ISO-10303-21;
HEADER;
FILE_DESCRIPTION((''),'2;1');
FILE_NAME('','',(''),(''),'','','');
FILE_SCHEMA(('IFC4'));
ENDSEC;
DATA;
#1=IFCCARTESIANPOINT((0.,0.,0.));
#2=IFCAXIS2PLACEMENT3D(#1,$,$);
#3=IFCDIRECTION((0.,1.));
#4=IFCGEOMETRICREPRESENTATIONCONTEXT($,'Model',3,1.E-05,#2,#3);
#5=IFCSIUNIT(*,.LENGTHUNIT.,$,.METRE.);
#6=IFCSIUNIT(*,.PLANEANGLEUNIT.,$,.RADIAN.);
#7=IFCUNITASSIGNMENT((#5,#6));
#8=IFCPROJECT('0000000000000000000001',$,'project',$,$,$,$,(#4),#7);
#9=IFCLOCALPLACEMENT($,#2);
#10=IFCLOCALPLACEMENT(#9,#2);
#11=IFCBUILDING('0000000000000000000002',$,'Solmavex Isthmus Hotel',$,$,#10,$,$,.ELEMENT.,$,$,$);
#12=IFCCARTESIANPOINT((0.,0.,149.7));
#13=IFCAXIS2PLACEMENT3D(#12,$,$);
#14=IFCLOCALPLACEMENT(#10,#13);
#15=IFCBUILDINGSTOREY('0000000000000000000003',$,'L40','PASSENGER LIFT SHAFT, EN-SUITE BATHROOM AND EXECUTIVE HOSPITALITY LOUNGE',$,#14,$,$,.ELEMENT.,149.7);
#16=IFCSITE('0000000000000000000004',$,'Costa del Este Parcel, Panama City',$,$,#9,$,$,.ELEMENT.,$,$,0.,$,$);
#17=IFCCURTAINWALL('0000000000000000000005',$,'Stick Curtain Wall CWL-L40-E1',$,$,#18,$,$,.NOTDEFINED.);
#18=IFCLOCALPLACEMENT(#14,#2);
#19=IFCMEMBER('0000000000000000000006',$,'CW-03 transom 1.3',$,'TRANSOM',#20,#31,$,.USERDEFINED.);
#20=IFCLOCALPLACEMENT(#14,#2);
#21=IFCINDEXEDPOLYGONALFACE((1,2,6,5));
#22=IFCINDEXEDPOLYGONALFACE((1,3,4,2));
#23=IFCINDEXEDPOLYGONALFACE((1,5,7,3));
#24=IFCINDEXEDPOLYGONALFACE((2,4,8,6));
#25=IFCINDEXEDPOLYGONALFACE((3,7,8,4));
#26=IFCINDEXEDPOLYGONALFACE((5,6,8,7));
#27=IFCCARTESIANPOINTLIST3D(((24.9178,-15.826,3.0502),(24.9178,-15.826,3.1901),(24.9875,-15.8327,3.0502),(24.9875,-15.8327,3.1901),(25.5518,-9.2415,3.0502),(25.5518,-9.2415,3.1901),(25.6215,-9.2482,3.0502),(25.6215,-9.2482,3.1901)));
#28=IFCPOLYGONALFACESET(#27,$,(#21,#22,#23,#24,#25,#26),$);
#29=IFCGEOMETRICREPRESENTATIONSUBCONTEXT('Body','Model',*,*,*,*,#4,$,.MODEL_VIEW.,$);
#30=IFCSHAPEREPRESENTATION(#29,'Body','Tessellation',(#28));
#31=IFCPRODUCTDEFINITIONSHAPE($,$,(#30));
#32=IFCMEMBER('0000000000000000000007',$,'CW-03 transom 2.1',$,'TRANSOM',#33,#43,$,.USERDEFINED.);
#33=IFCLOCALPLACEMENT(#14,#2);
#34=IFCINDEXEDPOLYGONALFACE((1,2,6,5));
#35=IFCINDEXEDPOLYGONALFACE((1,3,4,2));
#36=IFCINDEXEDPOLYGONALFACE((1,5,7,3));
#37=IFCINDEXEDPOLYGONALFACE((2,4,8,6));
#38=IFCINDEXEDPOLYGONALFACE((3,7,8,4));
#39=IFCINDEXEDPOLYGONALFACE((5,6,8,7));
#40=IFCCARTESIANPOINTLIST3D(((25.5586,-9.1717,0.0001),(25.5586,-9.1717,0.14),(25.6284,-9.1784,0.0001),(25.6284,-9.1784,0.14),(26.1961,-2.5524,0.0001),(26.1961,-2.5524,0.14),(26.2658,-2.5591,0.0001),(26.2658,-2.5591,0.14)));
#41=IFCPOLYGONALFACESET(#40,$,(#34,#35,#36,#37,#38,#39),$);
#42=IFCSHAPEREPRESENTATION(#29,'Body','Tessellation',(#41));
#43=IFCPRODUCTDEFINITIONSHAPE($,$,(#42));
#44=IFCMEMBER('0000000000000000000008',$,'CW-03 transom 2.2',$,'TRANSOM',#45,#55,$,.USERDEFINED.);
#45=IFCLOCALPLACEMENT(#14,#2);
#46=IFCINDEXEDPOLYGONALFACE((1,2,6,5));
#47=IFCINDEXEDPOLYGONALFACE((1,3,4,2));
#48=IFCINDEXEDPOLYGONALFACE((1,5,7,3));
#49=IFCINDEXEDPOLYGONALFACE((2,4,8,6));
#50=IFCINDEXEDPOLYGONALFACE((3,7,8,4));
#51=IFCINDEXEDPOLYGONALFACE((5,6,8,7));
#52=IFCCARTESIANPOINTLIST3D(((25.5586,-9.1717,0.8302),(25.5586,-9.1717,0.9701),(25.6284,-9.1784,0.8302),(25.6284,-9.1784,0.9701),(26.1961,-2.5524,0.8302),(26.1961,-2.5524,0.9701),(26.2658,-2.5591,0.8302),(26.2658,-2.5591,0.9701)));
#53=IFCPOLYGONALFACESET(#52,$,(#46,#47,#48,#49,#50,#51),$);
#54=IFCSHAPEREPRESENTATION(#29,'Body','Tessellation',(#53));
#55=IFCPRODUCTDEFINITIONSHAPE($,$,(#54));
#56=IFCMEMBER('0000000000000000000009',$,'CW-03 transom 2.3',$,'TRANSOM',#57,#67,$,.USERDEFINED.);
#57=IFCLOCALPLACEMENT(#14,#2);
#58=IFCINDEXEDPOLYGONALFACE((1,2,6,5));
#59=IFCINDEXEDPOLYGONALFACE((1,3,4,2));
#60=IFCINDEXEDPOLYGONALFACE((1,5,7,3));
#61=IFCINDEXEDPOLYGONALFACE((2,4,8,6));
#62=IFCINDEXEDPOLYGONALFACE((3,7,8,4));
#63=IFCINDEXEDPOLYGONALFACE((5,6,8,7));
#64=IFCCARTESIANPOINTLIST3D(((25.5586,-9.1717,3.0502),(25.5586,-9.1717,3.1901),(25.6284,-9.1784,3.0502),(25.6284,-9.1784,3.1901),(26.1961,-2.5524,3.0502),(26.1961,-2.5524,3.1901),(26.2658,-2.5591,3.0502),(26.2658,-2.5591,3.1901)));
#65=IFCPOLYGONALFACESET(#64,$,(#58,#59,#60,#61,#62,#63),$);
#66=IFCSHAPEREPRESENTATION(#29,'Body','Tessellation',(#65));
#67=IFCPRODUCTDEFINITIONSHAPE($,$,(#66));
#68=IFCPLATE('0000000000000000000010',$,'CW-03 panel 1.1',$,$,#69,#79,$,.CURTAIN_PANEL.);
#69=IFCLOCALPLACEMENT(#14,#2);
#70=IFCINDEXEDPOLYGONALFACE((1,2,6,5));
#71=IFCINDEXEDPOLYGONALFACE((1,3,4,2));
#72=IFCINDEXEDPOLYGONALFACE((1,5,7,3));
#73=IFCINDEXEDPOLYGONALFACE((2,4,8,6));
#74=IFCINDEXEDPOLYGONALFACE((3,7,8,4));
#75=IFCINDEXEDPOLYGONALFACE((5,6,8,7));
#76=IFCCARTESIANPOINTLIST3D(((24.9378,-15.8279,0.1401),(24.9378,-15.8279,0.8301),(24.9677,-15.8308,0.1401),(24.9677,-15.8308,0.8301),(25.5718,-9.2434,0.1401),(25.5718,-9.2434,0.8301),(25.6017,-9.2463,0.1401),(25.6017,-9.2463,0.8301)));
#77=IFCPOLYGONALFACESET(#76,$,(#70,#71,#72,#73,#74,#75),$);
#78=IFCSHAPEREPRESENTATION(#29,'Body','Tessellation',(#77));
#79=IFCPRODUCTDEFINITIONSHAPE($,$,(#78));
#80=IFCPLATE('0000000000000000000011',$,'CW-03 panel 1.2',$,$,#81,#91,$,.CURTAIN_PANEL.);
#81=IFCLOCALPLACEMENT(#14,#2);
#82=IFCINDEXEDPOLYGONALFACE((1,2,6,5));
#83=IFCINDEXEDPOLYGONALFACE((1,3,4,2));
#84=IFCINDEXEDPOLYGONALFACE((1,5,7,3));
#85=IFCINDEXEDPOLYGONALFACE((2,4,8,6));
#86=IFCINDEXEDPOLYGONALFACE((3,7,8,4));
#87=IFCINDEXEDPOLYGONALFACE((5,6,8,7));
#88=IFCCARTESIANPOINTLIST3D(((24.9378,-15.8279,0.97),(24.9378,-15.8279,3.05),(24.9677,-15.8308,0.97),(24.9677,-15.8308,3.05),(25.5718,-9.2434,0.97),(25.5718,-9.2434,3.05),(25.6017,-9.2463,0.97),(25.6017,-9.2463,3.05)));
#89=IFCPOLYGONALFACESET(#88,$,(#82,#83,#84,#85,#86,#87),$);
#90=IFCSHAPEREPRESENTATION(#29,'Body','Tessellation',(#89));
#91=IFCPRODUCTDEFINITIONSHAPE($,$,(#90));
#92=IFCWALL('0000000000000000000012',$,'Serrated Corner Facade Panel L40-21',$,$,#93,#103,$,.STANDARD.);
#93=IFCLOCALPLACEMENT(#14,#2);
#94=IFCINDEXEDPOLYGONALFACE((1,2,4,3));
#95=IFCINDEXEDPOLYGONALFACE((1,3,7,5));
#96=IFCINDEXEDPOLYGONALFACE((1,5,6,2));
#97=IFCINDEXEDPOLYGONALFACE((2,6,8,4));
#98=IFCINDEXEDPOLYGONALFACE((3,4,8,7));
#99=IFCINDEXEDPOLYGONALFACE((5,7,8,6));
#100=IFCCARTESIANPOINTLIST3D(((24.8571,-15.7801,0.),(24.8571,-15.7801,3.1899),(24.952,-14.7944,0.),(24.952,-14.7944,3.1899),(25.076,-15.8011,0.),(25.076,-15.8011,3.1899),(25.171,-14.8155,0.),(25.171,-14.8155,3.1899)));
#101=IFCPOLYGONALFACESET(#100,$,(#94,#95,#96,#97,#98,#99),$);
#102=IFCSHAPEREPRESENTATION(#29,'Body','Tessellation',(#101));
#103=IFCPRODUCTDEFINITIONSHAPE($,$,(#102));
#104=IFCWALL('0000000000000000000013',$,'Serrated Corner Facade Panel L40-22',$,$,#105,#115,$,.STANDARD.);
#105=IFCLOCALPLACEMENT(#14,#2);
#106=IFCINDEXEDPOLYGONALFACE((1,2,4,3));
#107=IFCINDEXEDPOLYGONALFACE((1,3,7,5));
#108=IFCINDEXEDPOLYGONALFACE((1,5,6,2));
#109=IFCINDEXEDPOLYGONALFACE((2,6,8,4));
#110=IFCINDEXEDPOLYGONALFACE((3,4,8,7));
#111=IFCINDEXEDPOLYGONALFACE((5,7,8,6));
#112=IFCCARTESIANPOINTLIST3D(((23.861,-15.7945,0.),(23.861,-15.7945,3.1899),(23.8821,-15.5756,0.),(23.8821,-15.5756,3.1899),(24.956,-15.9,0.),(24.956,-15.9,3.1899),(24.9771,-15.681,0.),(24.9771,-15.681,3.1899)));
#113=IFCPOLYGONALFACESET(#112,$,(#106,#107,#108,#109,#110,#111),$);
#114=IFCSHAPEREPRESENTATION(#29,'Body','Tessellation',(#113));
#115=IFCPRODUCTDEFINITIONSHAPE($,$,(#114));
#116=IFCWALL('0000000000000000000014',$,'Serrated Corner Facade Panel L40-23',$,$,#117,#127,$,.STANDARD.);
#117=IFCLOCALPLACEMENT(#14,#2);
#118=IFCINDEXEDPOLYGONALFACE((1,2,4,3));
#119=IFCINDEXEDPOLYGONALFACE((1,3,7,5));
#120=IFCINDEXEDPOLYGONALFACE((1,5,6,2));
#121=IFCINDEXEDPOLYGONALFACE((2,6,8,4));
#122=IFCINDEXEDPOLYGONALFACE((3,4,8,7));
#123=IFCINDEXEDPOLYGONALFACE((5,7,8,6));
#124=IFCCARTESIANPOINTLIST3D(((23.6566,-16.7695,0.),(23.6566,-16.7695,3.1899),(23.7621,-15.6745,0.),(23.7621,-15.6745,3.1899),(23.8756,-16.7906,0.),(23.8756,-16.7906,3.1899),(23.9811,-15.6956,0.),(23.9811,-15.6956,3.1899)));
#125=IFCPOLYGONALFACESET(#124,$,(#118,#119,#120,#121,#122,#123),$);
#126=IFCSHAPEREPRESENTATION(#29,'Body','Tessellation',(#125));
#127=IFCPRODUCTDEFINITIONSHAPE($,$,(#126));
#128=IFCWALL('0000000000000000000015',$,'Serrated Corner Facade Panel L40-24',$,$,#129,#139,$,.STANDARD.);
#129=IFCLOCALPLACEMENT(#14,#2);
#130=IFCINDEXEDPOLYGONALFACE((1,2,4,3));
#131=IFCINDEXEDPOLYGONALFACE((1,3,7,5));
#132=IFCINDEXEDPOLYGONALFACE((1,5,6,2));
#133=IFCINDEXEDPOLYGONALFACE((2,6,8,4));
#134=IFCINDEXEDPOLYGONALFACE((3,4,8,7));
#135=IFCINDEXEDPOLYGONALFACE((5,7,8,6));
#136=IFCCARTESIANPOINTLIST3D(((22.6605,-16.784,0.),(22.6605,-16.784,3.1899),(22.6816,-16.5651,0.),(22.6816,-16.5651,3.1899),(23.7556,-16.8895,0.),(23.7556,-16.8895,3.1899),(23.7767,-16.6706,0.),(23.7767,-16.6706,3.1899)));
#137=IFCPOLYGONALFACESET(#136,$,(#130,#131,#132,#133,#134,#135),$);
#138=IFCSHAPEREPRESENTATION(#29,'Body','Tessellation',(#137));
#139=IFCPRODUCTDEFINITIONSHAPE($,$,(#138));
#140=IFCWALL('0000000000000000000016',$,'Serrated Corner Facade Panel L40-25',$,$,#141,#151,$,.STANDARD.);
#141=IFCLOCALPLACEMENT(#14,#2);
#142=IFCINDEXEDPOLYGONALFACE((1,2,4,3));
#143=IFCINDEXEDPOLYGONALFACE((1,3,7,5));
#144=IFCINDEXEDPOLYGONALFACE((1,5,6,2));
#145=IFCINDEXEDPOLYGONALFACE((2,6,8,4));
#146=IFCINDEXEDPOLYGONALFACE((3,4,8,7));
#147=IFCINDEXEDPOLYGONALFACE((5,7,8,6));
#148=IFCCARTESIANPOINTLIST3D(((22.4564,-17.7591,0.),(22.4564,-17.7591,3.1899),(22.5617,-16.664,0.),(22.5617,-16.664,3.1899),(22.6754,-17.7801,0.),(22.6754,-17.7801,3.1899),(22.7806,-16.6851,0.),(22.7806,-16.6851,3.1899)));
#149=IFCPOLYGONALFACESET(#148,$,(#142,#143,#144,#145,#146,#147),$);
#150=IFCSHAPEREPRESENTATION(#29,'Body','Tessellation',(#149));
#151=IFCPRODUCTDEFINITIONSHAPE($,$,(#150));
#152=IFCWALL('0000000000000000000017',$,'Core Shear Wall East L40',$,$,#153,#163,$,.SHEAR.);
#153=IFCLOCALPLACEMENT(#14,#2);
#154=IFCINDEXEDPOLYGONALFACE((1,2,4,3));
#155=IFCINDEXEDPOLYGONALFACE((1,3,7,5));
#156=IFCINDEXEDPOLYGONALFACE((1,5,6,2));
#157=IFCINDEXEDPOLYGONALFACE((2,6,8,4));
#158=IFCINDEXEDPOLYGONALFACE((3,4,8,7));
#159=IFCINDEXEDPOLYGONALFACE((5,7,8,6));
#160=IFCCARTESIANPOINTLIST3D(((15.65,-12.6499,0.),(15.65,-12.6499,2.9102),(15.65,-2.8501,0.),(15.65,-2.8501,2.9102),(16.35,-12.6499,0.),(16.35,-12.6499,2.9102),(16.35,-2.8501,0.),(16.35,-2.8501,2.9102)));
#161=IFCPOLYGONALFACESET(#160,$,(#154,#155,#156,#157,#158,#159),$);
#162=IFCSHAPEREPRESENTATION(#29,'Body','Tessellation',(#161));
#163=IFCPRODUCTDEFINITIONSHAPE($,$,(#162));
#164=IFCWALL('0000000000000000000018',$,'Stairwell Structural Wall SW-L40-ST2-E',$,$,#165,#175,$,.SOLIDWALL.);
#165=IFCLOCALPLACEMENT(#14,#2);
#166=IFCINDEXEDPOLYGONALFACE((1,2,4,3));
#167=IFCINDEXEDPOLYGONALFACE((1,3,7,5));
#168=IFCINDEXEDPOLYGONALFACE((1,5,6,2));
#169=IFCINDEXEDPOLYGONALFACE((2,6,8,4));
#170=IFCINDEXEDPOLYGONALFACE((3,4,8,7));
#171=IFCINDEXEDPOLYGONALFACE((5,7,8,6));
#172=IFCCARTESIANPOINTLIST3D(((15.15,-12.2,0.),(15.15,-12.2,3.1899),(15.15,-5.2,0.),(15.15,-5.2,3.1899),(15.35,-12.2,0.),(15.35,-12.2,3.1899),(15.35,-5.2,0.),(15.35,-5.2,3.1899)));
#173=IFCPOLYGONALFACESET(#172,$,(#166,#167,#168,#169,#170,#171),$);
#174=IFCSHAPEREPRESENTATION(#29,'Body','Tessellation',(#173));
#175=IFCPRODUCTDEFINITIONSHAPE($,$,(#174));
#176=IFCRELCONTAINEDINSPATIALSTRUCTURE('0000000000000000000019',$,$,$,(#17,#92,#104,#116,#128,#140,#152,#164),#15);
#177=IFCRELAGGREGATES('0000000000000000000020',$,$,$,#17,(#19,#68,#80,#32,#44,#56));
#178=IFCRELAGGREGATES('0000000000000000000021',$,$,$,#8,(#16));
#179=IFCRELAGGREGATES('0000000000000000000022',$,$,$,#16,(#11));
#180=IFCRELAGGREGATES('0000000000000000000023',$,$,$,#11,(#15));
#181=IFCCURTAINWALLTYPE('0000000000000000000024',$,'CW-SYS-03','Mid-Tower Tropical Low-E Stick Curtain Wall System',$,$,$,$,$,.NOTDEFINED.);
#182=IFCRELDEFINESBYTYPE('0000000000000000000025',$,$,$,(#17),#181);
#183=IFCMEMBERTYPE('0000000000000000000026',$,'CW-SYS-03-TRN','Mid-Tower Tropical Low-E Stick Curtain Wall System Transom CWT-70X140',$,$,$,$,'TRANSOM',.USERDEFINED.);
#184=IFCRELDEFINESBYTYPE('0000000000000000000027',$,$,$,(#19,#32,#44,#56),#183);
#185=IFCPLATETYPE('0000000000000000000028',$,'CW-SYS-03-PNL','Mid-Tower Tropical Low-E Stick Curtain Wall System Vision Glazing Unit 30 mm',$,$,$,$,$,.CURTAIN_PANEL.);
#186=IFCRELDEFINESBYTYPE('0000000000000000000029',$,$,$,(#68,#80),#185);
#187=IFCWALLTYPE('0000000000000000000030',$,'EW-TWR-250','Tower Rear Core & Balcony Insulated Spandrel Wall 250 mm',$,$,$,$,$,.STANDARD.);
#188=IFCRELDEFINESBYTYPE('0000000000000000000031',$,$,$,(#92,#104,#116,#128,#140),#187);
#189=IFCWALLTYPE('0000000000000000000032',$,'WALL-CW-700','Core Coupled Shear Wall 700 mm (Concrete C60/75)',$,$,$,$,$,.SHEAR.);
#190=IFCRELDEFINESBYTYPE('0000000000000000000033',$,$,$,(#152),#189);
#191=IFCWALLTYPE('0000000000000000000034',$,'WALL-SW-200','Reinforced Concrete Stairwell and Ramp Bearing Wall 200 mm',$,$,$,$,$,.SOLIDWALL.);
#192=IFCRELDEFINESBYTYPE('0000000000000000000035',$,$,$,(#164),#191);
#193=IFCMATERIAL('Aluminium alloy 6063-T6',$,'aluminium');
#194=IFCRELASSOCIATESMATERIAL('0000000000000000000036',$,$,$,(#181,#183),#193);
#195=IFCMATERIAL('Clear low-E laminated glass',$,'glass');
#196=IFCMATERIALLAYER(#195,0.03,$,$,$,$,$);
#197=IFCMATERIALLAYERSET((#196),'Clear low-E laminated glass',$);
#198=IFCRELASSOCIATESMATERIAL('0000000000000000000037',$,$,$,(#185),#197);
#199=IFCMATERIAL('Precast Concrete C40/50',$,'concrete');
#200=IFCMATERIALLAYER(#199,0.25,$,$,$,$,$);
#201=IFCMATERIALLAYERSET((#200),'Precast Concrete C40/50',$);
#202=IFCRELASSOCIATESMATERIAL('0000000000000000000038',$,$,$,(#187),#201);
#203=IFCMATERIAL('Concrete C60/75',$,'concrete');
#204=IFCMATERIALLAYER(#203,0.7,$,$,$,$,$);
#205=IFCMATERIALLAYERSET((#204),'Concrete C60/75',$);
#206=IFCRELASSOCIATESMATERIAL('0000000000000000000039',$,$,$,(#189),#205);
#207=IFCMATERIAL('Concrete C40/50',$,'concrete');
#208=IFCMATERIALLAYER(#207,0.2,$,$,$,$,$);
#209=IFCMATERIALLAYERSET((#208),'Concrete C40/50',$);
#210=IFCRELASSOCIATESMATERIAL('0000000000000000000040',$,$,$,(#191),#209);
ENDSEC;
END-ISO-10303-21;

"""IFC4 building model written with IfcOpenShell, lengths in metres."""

from ifc_helpers import new_model, si_unit, direction, frame, frame_2d, origin, origin_2d, place, context, subcontext, project, spatial, rectangle, extrude, material, layer, layer_set, material_profile, profile_set, type_object, element, aggregate, save


model = new_model("IFC4")

# Units and contexts
model_context = context("Model", 3, precision=1e-05, world=origin(), true_north=direction((0.0, 1.0)))
body_context = subcontext(model_context, "Body", "Model", "MODEL_VIEW")
ifc_project = project(units=[si_unit("LENGTHUNIT", "METRE"), si_unit("PLANEANGLEUNIT", "RADIAN")], contexts=[model_context])

# Site, building, storey
site_placement = place(None, origin())
site = spatial("IfcSite", under=ifc_project, at=site_placement, Name="Costa del Este Parcel, Panama City", CompositionType="ELEMENT", RefElevation=0.0)
building_placement = place(site_placement, origin())
building = spatial("IfcBuilding", under=site, at=building_placement, Name="Solmavex Isthmus Hotel", CompositionType="ELEMENT")
storey_placement = place(building_placement, frame((0.0, 0.0, 149.7)))
storey = spatial("IfcBuildingStorey", under=building, at=storey_placement, Name="L40", Description="PASSENGER LIFT SHAFT, EN-SUITE BATHROOM AND EXECUTIVE HOSPITALITY LOUNGE", CompositionType="ELEMENT", Elevation=149.7)

# Shared definitions
ifc_material_1 = material(Name="Concrete C60/75", Category="concrete")

# Curtain wall, members, plates
ifc_material_2 = material(Name="Aluminium alloy 6063-T6", Category="aluminium")
curtain_wall_type = type_object("IfcCurtainWallType", Name="CW-SYS-03", Description="Mid-Tower Tropical Low-E Stick Curtain Wall System", PredefinedType="NOTDEFINED", material=ifc_material_2)
curtain_wall_placement = place(storey_placement, origin())
curtain_wall = element("IfcCurtainWall", 1, at=curtain_wall_placement, inside=storey, type_object=curtain_wall_type, Name="Stick Curtain Wall CWL-L40-E1", PredefinedType="NOTDEFINED")
ifc_material_profile_1 = material_profile(ifc_material_2, rectangle(XDim=0.0701, YDim=0.1399, at=origin_2d()), Name="CWT-70X140")
ifc_profile_set_1 = profile_set([ifc_material_profile_1], Name="Aluminium alloy 6063-T6")
member_type_1 = type_object("IfcMemberType", Name="CW-SYS-03-TRN", Description="Mid-Tower Tropical Low-E Stick Curtain Wall System Transom CWT-70X140", ElementType="TRANSOM", PredefinedType="USERDEFINED", material=ifc_profile_set_1)
member_1_placement = place(storey_placement, frame((24.9526, -15.8293, 3.1201), z_axis=(0.095849, 0.995396, 0.0), x_axis=(-0.995396, 0.095849, 0.0)))
member_1 = element("IfcMember", 2, at=member_1_placement, type_object=member_type_1, Name="CW-03 transom 1.3", ObjectType="TRANSOM", PredefinedType="USERDEFINED", context=body_context, shape_type="SweptSolid", body=[
    extrude(rectangle(XDim=0.0701, YDim=0.1399, at=origin_2d()), origin(), (0.0, 0.0, 1.0), 6.615),
])
member_2_placement = place(storey_placement, frame((25.5935, -9.175, 0.0701), z_axis=(0.095857, 0.995395, 0.0), x_axis=(-0.995395, 0.095857, 0.0)))
member_2 = element("IfcMember", 3, at=member_2_placement, type_object=member_type_1, Name="CW-03 transom 2.1", ObjectType="TRANSOM", PredefinedType="USERDEFINED", context=body_context, shape_type="SweptSolid", body=[
    extrude(rectangle(XDim=0.0701, YDim=0.1399, at=origin_2d()), origin(), (0.0, 0.0, 1.0), 6.6499),
])
member_3_placement = place(storey_placement, frame((25.5935, -9.175, 0.9001), z_axis=(0.095857, 0.995395, 0.0), x_axis=(-0.995395, 0.095857, 0.0)))
member_3 = element("IfcMember", 4, at=member_3_placement, type_object=member_type_1, Name="CW-03 transom 2.2", ObjectType="TRANSOM", PredefinedType="USERDEFINED", context=body_context, shape_type="SweptSolid", body=[
    extrude(rectangle(XDim=0.0701, YDim=0.1399, at=origin_2d()), origin(), (0.0, 0.0, 1.0), 6.6499),
])
member_4_placement = place(storey_placement, frame((25.5935, -9.175, 3.1201), z_axis=(0.095857, 0.995395, 0.0), x_axis=(-0.995395, 0.095857, 0.0)))
member_4 = element("IfcMember", 5, at=member_4_placement, type_object=member_type_1, Name="CW-03 transom 2.3", ObjectType="TRANSOM", PredefinedType="USERDEFINED", context=body_context, shape_type="SweptSolid", body=[
    extrude(rectangle(XDim=0.0701, YDim=0.1399, at=origin_2d()), origin(), (0.0, 0.0, 1.0), 6.6499),
])
ifc_material_3 = material(Name="Clear low-E laminated glass", Category="glass")
ifc_layer_1 = layer(ifc_material_3, 0.03)
ifc_layer_set_1 = layer_set([ifc_layer_1], Name="Clear low-E laminated glass")
plate_type = type_object("IfcPlateType", Name="CW-SYS-03-PNL", Description="Mid-Tower Tropical Low-E Stick Curtain Wall System Vision Glazing Unit 30 mm", PredefinedType="CURTAIN_PANEL", material=ifc_layer_set_1)
plate_1_placement = place(storey_placement, frame((25.2698, -12.5371, 0.1401), z_axis=(0.0, 0.0, 1.0), x_axis=(0.095846, 0.995396, 0.0)))
plate_1 = element("IfcPlate", 6, at=plate_1_placement, type_object=plate_type, Name="CW-03 panel 1.1", PredefinedType="CURTAIN_PANEL", context=body_context, shape_type="SweptSolid", body=[
    extrude(rectangle(XDim=6.615, YDim=0.03, at=origin_2d()), origin(), (0.0, 0.0, 1.0), 0.6899),
])
plate_2_placement = place(storey_placement, frame((25.2698, -12.5371, 0.97), z_axis=(0.0, 0.0, 1.0), x_axis=(0.095846, 0.995396, 0.0)))
plate_2 = element("IfcPlate", 7, at=plate_2_placement, type_object=plate_type, Name="CW-03 panel 1.2", PredefinedType="CURTAIN_PANEL", context=body_context, shape_type="SweptSolid", body=[
    extrude(rectangle(XDim=6.615, YDim=0.03, at=origin_2d()), origin(), (0.0, 0.0, 1.0), 2.0801),
])
aggregate(curtain_wall, [member_1, plate_1, plate_2, member_2, member_3, member_4])

# Walls
ifc_material_4 = material(Name="Precast Concrete C40/50", Category="concrete")
ifc_layer_2 = layer(ifc_material_4, 0.25)
ifc_layer_set_2 = layer_set([ifc_layer_2], Name="Precast Concrete C40/50")
wall_type_1 = type_object("IfcWallType", Name="EW-TWR-250", Description="Tower Rear Core & Balcony Insulated Spandrel Wall 250 mm", PredefinedType="STANDARD", material=ifc_layer_set_2)
wall_1_placement = place(storey_placement, frame((25.0615, -14.8049, 0.0), z_axis=(0.0, 0.0, 1.0), x_axis=(-0.095914, -0.99539, 0.0)))
element("IfcWall", 8, at=wall_1_placement, inside=storey, type_object=wall_type_1, Name="Serrated Corner Facade Panel L40-21", PredefinedType="STANDARD", context=body_context, shape_type="SweptSolid", body=[
    extrude(rectangle(XDim=0.9902, YDim=0.22, at=frame_2d((0.4951, 0.0))), origin(), (0.0, 0.0, 1.0), 3.1899),
])
for number, where, z_axis, x_axis, name in (
    (9, (24.9666, -15.7905, 0.0), (0.0, 0.0, 1.0), (-0.995393, 0.095877, 0.0), "Serrated Corner Facade Panel L40-22"),
    (10, (23.8716, -15.6851, 0.0), (0.0, 0.0, 1.0), (-0.095877, -0.995393, 0.0), "Serrated Corner Facade Panel L40-23"),
    (11, (23.7661, -16.78, 0.0), (0.0, 0.0, 1.0), (-0.995393, 0.095877, 0.0), "Serrated Corner Facade Panel L40-24"),
    (12, (22.6711, -16.6746, 0.0), (0.0, 0.0, 1.0), (-0.095657, -0.995414, 0.0), "Serrated Corner Facade Panel L40-25"),
):
    element("IfcWall", number, at=place(storey_placement, frame(where, z_axis=z_axis, x_axis=x_axis)), inside=storey, type_object=wall_type_1, Name=name, PredefinedType="STANDARD", context=body_context, shape_type="SweptSolid", body=[
        extrude(rectangle(XDim=1.1001, YDim=0.22, at=frame_2d((0.55, 0.0))), origin(), (0.0, 0.0, 1.0), 3.1899),
    ])
ifc_layer_3 = layer(ifc_material_1, 0.7)
ifc_layer_set_3 = layer_set([ifc_layer_3], Name="Concrete C60/75")
wall_type_2 = type_object("IfcWallType", Name="WALL-CW-700", Description="Core Coupled Shear Wall 700 mm (Concrete C60/75)", PredefinedType="SHEAR", material=ifc_layer_set_3)
wall_2_placement = place(storey_placement, frame((16.0, -12.6499, 0.0), z_axis=(0.0, 0.0, 1.0), x_axis=(0.0, 1.0, 0.0)))
element("IfcWall", 13, at=wall_2_placement, inside=storey, type_object=wall_type_2, Name="Core Shear Wall East L40", PredefinedType="SHEAR", context=body_context, shape_type="SweptSolid", body=[
    extrude(rectangle(XDim=9.7998, YDim=0.7, at=frame_2d((4.8999, 0.0))), origin(), (0.0, 0.0, 1.0), 2.9102),
])
ifc_material_5 = material(Name="Concrete C40/50", Category="concrete")
ifc_layer_4 = layer(ifc_material_5, 0.2)
ifc_layer_set_4 = layer_set([ifc_layer_4], Name="Concrete C40/50")
wall_type_3 = type_object("IfcWallType", Name="WALL-SW-200", Description="Reinforced Concrete Stairwell and Ramp Bearing Wall 200 mm", PredefinedType="SOLIDWALL", material=ifc_layer_set_4)
wall_3_placement = place(storey_placement, frame((15.25, -12.2, 0.0), z_axis=(0.0, 0.0, 1.0), x_axis=(0.0, 1.0, 0.0)))
element("IfcWall", 14, at=wall_3_placement, inside=storey, type_object=wall_type_3, Name="Stairwell Structural Wall SW-L40-ST2-E", PredefinedType="SOLIDWALL", context=body_context, shape_type="SweptSolid", body=[
    extrude(rectangle(XDim=7.0, YDim=0.2, at=frame_2d((3.5, 0.0))), origin(), (0.0, 0.0, 1.0), 3.1899),
])

save(model, "model.ifc")
